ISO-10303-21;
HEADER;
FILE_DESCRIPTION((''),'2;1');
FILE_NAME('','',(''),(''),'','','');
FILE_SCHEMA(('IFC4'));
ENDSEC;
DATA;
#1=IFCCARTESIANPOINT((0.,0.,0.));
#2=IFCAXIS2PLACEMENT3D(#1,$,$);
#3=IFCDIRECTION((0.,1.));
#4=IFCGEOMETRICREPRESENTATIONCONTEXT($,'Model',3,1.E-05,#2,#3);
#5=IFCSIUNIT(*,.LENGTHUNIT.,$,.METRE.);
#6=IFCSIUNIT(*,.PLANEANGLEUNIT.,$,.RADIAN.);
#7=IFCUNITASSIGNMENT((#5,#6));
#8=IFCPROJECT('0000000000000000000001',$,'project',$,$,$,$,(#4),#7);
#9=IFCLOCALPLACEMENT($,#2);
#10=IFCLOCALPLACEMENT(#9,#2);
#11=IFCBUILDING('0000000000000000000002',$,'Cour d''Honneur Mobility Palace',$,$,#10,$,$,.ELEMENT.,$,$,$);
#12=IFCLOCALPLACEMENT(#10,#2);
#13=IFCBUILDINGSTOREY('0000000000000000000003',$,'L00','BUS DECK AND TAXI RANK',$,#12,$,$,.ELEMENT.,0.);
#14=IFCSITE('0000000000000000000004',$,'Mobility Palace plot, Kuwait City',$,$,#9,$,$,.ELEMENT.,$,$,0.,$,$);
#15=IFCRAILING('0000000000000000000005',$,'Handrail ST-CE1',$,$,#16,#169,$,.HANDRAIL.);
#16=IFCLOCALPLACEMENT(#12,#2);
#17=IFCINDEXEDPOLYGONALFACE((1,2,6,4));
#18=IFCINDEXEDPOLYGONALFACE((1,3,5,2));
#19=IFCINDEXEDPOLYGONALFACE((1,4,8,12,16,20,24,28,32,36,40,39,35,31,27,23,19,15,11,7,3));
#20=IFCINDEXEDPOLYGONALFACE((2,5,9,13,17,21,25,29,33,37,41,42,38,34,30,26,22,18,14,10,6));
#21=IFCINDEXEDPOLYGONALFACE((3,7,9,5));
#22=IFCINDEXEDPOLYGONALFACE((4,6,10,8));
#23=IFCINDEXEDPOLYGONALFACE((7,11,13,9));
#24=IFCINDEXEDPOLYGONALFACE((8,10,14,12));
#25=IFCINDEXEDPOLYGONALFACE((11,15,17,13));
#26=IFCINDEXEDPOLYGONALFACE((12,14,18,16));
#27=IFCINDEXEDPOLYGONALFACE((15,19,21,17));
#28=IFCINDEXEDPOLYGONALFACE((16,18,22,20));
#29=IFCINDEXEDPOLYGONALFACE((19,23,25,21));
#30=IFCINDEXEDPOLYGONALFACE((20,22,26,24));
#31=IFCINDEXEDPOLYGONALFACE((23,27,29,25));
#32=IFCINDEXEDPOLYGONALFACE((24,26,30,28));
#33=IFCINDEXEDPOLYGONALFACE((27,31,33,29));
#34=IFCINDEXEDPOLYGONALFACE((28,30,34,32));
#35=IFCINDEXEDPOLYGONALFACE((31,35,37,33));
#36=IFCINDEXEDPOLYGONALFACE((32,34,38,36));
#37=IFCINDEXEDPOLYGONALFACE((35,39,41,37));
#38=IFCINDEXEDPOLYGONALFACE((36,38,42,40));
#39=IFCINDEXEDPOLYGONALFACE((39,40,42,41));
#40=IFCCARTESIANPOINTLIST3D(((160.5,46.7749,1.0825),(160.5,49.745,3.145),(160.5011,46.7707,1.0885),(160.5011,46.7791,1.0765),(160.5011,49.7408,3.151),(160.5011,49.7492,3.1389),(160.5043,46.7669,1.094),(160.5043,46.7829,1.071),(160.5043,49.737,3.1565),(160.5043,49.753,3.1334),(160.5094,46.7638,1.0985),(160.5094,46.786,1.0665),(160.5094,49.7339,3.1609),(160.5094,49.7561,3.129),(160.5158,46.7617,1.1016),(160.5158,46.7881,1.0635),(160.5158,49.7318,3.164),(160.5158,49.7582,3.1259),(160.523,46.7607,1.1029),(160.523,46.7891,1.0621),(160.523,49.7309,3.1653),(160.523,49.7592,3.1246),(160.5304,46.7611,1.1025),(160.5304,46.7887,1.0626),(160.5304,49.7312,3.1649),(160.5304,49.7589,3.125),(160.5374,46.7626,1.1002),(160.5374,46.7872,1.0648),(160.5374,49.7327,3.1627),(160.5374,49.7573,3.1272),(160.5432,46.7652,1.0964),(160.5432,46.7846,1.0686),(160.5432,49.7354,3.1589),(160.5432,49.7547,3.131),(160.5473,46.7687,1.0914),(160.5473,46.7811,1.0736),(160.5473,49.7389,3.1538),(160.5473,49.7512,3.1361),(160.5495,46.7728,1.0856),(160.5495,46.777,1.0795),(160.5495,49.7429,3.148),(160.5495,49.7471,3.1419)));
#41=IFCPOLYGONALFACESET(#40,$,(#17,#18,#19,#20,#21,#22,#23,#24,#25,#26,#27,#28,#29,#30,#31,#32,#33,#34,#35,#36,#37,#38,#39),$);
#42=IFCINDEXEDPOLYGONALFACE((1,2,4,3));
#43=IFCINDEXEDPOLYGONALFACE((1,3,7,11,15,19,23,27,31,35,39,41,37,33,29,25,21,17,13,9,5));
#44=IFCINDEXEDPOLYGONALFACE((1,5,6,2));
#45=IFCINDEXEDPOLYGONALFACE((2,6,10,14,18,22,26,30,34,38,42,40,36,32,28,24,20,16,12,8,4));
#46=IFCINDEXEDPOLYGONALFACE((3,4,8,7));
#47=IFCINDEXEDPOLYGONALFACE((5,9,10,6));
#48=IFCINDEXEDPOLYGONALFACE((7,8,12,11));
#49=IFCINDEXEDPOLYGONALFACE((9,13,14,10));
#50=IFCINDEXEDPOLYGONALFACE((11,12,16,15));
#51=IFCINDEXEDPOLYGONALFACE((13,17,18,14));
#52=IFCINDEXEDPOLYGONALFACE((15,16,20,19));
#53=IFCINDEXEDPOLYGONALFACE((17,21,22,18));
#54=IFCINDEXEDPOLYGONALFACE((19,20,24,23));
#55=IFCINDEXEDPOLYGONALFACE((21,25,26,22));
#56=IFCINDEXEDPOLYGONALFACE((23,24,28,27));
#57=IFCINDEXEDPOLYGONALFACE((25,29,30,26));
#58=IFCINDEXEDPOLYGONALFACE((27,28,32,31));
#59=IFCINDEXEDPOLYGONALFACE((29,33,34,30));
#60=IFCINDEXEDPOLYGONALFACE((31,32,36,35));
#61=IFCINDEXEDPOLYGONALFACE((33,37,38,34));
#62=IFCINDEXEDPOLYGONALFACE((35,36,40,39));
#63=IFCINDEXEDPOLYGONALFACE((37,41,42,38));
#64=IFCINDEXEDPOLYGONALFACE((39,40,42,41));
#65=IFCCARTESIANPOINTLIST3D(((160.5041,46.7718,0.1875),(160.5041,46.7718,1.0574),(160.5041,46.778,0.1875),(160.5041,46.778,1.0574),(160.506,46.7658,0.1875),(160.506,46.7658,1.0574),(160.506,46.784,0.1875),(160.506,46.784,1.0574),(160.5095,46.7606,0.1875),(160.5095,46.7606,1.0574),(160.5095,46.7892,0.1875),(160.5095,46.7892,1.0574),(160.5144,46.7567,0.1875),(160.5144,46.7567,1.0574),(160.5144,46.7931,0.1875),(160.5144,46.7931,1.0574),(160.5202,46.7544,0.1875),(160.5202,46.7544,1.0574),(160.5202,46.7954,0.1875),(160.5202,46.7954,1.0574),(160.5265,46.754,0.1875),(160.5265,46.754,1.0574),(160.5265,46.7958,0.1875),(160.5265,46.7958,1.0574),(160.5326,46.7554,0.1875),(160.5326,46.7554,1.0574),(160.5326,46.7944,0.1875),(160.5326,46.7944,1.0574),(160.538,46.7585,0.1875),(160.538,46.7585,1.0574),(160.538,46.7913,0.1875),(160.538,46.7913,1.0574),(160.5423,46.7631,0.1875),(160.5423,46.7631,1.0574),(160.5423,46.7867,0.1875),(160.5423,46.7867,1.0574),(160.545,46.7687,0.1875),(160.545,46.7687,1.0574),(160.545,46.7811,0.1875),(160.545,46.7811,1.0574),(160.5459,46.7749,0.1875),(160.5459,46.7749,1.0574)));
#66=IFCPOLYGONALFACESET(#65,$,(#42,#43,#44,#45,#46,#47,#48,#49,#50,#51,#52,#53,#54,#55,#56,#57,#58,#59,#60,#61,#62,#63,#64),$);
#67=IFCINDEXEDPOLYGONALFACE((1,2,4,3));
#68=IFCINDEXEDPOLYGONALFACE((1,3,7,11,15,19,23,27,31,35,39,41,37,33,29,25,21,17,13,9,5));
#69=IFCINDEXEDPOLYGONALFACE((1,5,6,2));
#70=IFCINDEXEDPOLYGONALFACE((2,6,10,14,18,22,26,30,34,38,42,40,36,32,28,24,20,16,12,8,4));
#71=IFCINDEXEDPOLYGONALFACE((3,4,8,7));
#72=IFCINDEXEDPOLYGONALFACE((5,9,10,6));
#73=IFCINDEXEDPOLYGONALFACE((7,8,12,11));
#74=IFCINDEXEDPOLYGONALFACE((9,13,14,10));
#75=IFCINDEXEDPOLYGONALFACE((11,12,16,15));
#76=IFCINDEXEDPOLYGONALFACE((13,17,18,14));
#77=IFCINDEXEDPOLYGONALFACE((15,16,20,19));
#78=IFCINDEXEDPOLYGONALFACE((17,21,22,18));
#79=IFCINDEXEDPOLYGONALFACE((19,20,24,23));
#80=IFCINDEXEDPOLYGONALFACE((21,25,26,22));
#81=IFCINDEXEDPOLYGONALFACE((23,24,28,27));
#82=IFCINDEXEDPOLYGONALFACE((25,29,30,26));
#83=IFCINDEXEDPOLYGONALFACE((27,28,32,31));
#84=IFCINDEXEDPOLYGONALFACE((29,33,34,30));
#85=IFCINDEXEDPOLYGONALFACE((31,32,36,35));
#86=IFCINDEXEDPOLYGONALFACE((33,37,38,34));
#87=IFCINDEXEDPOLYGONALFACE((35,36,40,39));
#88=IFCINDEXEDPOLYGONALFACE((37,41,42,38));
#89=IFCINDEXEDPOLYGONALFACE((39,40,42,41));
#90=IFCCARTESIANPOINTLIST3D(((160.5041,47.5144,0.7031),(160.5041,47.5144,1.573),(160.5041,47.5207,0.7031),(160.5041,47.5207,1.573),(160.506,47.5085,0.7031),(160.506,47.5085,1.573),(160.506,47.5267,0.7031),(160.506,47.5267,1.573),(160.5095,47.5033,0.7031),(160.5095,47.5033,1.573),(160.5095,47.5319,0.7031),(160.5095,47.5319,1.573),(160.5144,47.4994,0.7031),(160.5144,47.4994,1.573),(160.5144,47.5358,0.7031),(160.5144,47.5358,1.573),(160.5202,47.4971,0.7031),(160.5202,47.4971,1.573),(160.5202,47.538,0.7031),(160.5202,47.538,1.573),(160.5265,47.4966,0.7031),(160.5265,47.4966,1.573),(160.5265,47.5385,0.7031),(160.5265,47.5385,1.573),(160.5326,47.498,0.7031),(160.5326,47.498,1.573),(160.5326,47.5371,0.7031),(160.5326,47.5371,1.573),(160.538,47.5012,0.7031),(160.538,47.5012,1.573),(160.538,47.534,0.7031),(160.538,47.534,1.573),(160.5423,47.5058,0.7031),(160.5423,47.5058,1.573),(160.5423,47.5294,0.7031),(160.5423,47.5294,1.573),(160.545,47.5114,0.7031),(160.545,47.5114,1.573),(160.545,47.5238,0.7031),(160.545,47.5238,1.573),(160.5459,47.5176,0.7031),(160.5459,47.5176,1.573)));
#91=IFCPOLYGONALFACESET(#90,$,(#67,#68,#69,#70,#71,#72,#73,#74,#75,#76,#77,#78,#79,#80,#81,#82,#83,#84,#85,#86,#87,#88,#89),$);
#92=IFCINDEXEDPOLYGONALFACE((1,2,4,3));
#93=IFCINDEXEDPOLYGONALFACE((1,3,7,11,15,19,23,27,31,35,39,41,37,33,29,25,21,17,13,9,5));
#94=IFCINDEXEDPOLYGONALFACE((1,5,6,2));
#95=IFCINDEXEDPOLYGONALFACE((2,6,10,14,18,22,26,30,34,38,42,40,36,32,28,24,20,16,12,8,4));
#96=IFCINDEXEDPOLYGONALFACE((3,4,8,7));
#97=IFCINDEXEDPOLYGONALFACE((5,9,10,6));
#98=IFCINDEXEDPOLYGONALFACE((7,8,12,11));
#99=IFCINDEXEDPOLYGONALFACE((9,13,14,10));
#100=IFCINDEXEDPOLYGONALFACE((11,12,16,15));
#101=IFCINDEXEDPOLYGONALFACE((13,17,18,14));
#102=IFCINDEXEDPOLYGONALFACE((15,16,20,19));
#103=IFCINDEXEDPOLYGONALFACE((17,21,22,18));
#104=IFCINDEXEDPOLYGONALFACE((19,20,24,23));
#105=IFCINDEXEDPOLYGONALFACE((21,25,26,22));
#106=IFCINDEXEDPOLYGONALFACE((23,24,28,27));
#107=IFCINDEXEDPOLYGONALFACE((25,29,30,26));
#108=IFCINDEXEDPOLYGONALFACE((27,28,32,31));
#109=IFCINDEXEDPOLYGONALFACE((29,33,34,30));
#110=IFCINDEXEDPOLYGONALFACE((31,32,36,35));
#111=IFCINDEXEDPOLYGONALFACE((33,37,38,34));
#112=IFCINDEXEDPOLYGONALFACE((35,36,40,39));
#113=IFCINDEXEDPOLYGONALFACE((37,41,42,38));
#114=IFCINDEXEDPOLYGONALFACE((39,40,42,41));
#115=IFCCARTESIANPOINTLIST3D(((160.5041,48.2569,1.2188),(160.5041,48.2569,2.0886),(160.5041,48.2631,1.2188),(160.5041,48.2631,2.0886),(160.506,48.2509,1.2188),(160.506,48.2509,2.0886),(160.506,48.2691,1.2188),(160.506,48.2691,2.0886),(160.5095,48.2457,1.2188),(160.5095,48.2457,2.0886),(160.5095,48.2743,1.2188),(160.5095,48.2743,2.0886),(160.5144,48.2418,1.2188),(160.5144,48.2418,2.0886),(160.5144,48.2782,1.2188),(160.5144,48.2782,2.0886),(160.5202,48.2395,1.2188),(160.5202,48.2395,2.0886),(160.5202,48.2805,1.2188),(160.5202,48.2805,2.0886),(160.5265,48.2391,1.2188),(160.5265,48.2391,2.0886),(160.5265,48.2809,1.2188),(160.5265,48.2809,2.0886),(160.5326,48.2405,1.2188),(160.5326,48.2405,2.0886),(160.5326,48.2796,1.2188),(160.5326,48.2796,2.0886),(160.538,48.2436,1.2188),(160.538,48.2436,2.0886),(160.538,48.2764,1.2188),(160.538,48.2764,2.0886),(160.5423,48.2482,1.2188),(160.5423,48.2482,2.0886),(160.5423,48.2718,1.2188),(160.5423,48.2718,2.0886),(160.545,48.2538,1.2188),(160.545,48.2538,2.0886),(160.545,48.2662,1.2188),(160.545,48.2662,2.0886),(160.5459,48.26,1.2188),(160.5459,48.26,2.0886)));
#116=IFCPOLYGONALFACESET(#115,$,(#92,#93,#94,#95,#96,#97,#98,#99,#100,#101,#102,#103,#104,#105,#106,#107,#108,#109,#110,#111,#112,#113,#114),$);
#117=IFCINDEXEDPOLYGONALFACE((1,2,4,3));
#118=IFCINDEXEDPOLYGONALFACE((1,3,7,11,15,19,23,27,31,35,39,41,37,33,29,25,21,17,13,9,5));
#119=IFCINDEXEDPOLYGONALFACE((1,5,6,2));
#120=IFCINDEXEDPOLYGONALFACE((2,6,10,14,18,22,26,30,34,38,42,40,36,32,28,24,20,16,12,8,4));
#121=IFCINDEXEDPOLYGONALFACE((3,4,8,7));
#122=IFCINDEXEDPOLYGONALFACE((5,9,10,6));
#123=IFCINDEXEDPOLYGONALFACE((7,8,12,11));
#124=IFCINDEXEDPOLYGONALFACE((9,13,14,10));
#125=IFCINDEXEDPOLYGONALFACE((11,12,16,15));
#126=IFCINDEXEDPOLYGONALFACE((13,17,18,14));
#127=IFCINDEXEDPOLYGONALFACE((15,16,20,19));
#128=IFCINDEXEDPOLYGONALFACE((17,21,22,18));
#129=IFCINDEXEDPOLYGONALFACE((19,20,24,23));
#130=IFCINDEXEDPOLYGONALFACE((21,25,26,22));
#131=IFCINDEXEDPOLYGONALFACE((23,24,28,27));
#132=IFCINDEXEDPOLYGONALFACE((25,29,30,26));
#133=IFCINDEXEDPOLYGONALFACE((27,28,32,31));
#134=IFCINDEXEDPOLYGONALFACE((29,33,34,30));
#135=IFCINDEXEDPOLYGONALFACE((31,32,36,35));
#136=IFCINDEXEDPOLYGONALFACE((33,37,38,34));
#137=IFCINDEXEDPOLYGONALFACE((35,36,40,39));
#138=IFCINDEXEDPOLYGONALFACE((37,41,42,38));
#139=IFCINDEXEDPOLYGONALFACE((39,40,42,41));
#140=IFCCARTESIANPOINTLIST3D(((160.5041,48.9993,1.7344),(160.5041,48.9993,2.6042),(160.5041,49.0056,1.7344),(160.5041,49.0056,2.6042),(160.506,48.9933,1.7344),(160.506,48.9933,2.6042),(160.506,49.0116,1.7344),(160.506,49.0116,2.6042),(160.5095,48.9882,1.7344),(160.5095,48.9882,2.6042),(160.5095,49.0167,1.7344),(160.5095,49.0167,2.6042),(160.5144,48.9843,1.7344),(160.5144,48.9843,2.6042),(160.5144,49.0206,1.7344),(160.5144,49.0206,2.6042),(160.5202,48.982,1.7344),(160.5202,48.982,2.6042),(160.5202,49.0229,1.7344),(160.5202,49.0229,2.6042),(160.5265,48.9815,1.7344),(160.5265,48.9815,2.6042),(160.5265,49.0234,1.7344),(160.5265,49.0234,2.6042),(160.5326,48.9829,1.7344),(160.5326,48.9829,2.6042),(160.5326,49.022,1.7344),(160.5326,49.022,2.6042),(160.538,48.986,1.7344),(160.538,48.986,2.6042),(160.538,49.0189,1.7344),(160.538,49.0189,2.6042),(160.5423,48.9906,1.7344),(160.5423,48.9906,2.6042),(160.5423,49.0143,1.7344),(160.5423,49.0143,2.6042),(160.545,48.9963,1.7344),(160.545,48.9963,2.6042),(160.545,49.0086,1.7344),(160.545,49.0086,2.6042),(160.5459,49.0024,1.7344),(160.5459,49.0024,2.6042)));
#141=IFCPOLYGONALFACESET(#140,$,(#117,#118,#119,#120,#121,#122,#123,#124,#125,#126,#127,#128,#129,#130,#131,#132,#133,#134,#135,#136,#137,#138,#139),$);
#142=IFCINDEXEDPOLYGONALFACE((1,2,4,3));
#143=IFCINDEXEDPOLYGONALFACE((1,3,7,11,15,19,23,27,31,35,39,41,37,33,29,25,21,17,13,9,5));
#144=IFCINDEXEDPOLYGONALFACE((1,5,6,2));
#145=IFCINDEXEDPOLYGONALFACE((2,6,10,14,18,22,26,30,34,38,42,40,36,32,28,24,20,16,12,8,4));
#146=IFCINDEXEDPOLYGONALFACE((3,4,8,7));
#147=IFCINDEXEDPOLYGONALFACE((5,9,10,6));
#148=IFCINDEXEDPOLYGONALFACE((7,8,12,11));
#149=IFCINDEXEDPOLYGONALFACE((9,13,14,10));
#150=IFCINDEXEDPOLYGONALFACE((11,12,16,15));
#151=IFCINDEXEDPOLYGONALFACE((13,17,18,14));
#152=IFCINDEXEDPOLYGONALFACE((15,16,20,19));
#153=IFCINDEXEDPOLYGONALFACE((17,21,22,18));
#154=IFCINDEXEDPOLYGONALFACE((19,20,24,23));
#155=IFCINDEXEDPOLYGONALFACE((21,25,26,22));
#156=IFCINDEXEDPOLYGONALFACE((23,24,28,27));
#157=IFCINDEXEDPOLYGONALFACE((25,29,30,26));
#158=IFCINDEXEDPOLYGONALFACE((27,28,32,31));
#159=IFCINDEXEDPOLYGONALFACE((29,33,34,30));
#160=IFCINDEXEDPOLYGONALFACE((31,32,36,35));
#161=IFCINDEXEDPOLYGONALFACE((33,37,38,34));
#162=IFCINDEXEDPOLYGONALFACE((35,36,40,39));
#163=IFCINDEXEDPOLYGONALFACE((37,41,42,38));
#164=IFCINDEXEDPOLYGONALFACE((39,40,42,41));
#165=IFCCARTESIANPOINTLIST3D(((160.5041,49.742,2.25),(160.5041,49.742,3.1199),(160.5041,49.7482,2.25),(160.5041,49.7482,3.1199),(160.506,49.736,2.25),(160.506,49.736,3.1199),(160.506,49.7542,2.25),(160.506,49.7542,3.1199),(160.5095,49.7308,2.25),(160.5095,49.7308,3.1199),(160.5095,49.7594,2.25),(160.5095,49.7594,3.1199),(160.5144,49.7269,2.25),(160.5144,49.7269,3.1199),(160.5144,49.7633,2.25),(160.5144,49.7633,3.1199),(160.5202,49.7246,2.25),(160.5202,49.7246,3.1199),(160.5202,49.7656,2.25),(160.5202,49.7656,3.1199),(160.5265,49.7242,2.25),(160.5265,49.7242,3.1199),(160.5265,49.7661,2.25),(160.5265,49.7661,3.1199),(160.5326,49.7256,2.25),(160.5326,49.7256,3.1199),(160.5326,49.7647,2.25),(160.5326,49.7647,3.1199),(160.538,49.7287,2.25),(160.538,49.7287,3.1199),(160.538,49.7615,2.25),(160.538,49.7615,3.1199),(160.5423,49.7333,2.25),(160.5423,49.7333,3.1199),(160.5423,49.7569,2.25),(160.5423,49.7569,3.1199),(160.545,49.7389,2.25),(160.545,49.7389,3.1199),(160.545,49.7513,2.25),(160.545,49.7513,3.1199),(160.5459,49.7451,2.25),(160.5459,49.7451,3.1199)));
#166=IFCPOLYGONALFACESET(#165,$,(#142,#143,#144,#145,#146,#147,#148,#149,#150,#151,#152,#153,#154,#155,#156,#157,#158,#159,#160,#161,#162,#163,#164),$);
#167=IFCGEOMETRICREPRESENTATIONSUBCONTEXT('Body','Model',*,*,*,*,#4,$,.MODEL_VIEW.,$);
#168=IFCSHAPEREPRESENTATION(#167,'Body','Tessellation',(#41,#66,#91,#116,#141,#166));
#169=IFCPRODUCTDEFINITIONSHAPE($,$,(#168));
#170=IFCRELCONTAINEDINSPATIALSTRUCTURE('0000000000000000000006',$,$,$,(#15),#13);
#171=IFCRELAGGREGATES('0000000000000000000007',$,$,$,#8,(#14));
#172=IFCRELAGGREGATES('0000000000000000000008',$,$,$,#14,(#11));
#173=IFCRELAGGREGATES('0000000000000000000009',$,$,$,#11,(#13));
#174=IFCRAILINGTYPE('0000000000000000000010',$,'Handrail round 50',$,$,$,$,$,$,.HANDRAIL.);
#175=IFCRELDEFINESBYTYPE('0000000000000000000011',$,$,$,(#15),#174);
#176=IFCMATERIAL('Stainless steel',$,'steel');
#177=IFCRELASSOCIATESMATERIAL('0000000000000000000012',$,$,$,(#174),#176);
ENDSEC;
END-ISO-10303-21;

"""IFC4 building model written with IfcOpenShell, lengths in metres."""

from ifc_helpers import new_model, si_unit, direction, frame, origin, origin_2d, place, context, subcontext, project, spatial, circle, extrude, material, type_object, element, save


model = new_model("IFC4")

# Units and contexts
model_context = context("Model", 3, precision=1e-05, world=origin(), true_north=direction((0.0, 1.0)))
body_context = subcontext(model_context, "Body", "Model", "MODEL_VIEW")
ifc_project = project(units=[si_unit("LENGTHUNIT", "METRE"), si_unit("PLANEANGLEUNIT", "RADIAN")], contexts=[model_context])

# Site, building, storey
site_placement = place(None, origin())
site = spatial("IfcSite", under=ifc_project, at=site_placement, Name="Mobility Palace plot, Kuwait City", CompositionType="ELEMENT", RefElevation=0.0)
building_placement = place(site_placement, origin())
building = spatial("IfcBuilding", under=site, at=building_placement, Name="Cour d'Honneur Mobility Palace", CompositionType="ELEMENT")
storey_placement = place(building_placement, origin())
storey = spatial("IfcBuildingStorey", under=building, at=storey_placement, Name="L00", Description="BUS DECK AND TAXI RANK", CompositionType="ELEMENT", Elevation=0.0)

# Railing
ifc_material_1 = material(Name="Stainless steel", Category="steel")
railing_type_1 = type_object("IfcRailingType", Name="Handrail round 50", PredefinedType="HANDRAIL", material=ifc_material_1)
for number, where, name in (
    (1, (160.5249, 46.7749, 0.1875), "Handrail ST-CE1"),
):
    element("IfcRailing", number, at=place(storey_placement, frame(where)), inside=storey, type_object=railing_type_1, Name=name, PredefinedType="HANDRAIL", context=body_context, shape_type="SweptSolid", body=[
        extrude(circle(Radius=0.0249, at=origin_2d()), frame((0.0, 0.0, 0.895), z_axis=(0.0, 0.821389, 0.570368), x_axis=(-1.0, 0.0, 0.0)), (0.0, 0.0, 1.0), 3.616),
        extrude(circle(Radius=0.021, at=origin_2d()), origin(), (0.0, 0.0, 1.0), 0.8699),
        extrude(circle(Radius=0.021, at=origin_2d()), frame((0.0, 0.7427, 0.5156)), (0.0, 0.0, 1.0), 0.8699),
        extrude(circle(Radius=0.021, at=origin_2d()), frame((0.0, 1.4851, 1.0312)), (0.0, 0.0, 1.0), 0.8699),
        extrude(circle(Radius=0.021, at=origin_2d()), frame((0.0, 2.2275, 1.5469)), (0.0, 0.0, 1.0), 0.8699),
        extrude(circle(Radius=0.021, at=origin_2d()), frame((0.0, 2.9702, 2.0625)), (0.0, 0.0, 1.0), 0.8699),
    ])

save(model, "model.ifc")
